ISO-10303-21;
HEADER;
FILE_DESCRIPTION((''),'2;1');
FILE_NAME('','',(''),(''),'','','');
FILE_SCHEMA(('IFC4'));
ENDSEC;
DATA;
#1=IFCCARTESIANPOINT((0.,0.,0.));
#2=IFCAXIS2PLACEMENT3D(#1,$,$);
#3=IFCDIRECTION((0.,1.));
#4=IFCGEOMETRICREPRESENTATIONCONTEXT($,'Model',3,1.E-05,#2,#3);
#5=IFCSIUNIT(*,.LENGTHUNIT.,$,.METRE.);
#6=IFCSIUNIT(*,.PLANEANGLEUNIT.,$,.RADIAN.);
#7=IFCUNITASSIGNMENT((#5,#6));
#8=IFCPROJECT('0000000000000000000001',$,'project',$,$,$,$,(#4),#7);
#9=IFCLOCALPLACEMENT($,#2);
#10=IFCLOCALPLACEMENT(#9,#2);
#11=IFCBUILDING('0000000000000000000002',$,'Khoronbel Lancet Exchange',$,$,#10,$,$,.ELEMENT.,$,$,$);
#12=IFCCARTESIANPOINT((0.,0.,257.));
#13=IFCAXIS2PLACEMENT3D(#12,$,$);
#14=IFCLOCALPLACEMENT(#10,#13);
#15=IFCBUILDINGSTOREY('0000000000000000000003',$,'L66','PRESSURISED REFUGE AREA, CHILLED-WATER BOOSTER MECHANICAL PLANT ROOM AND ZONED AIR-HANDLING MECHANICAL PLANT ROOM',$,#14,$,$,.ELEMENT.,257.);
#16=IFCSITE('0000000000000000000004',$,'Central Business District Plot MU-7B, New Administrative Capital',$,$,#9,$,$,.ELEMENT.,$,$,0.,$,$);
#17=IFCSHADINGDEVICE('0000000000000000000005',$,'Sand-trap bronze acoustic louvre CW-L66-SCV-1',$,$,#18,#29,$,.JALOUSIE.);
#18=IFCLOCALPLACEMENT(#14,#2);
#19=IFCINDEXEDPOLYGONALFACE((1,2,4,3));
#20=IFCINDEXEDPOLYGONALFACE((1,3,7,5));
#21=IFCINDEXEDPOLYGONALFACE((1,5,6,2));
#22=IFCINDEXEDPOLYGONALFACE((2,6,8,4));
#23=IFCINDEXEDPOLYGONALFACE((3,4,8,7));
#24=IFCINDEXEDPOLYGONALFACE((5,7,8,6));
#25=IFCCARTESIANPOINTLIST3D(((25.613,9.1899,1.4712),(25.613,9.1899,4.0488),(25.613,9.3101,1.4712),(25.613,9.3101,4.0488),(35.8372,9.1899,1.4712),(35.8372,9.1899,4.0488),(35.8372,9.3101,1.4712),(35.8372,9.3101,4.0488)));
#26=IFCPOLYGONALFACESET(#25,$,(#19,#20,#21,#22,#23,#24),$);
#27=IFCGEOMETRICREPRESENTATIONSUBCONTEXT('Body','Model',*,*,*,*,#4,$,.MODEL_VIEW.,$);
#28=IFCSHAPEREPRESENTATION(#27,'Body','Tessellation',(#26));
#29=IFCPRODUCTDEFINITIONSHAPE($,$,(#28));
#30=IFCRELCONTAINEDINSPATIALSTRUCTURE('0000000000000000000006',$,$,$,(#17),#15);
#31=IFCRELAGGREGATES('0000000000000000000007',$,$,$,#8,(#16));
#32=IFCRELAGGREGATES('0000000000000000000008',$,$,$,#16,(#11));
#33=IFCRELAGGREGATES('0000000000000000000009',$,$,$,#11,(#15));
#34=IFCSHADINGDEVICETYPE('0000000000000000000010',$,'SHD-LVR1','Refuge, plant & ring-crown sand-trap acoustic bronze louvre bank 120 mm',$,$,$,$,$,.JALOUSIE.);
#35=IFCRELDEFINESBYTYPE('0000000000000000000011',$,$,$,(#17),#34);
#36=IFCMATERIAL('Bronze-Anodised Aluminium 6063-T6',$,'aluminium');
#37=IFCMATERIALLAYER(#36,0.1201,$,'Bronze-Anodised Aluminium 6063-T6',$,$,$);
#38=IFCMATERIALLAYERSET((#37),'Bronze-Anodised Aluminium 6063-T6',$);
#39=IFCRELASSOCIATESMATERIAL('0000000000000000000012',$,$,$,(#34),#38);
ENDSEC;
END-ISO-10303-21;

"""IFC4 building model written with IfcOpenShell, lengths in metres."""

from ifc_helpers import new_model, si_unit, direction, frame, origin, origin_2d, place, context, subcontext, project, spatial, rectangle, extrude, material, layer, layer_set, type_object, element, save


model = new_model("IFC4")

# Units and contexts
model_context = context("Model", 3, precision=1e-05, world=origin(), true_north=direction((0.0, 1.0)))
body_context = subcontext(model_context, "Body", "Model", "MODEL_VIEW")
ifc_project = project(units=[si_unit("LENGTHUNIT", "METRE"), si_unit("PLANEANGLEUNIT", "RADIAN")], contexts=[model_context])

# Site, building, storey
site_placement = place(None, origin())
site = spatial("IfcSite", under=ifc_project, at=site_placement, Name="Central Business District Plot MU-7B, New Administrative Capital", CompositionType="ELEMENT", RefElevation=0.0)
building_placement = place(site_placement, origin())
building = spatial("IfcBuilding", under=site, at=building_placement, Name="Khoronbel Lancet Exchange", CompositionType="ELEMENT")
storey_placement = place(building_placement, frame((0.0, 0.0, 257.0)))
storey = spatial("IfcBuildingStorey", under=building, at=storey_placement, Name="L66", Description="PRESSURISED REFUGE AREA, CHILLED-WATER BOOSTER MECHANICAL PLANT ROOM AND ZONED AIR-HANDLING MECHANICAL PLANT ROOM", CompositionType="ELEMENT", Elevation=257.0)

# Shared definitions
ifc_material_1 = material(Name="Bronze-Anodised Aluminium 6063-T6", Category="aluminium")

# Shading device
ifc_layer_1 = layer(ifc_material_1, 0.1201, Name="Bronze-Anodised Aluminium 6063-T6")
ifc_layer_set_1 = layer_set([ifc_layer_1], Name="Bronze-Anodised Aluminium 6063-T6")
shading_device_type = type_object("IfcShadingDeviceType", Name="SHD-LVR1", Description="Refuge, plant & ring-crown sand-trap acoustic bronze louvre bank 120 mm", PredefinedType="JALOUSIE", material=ifc_layer_set_1)
shading_device_placement = place(storey_placement, frame((30.7251, 9.25, 1.4712), z_axis=(0.0, 0.0, 1.0), x_axis=(1.0, 0.0, 0.0)))
element("IfcShadingDevice", 1, at=shading_device_placement, inside=storey, type_object=shading_device_type, Name="Sand-trap bronze acoustic louvre CW-L66-SCV-1", PredefinedType="JALOUSIE", context=body_context, shape_type="SweptSolid", body=[
    extrude(rectangle(XDim=10.2241, YDim=0.1201, at=origin_2d()), origin(), (0.0, 0.0, 1.0), 2.5776),
])

save(model, "model.ifc")
